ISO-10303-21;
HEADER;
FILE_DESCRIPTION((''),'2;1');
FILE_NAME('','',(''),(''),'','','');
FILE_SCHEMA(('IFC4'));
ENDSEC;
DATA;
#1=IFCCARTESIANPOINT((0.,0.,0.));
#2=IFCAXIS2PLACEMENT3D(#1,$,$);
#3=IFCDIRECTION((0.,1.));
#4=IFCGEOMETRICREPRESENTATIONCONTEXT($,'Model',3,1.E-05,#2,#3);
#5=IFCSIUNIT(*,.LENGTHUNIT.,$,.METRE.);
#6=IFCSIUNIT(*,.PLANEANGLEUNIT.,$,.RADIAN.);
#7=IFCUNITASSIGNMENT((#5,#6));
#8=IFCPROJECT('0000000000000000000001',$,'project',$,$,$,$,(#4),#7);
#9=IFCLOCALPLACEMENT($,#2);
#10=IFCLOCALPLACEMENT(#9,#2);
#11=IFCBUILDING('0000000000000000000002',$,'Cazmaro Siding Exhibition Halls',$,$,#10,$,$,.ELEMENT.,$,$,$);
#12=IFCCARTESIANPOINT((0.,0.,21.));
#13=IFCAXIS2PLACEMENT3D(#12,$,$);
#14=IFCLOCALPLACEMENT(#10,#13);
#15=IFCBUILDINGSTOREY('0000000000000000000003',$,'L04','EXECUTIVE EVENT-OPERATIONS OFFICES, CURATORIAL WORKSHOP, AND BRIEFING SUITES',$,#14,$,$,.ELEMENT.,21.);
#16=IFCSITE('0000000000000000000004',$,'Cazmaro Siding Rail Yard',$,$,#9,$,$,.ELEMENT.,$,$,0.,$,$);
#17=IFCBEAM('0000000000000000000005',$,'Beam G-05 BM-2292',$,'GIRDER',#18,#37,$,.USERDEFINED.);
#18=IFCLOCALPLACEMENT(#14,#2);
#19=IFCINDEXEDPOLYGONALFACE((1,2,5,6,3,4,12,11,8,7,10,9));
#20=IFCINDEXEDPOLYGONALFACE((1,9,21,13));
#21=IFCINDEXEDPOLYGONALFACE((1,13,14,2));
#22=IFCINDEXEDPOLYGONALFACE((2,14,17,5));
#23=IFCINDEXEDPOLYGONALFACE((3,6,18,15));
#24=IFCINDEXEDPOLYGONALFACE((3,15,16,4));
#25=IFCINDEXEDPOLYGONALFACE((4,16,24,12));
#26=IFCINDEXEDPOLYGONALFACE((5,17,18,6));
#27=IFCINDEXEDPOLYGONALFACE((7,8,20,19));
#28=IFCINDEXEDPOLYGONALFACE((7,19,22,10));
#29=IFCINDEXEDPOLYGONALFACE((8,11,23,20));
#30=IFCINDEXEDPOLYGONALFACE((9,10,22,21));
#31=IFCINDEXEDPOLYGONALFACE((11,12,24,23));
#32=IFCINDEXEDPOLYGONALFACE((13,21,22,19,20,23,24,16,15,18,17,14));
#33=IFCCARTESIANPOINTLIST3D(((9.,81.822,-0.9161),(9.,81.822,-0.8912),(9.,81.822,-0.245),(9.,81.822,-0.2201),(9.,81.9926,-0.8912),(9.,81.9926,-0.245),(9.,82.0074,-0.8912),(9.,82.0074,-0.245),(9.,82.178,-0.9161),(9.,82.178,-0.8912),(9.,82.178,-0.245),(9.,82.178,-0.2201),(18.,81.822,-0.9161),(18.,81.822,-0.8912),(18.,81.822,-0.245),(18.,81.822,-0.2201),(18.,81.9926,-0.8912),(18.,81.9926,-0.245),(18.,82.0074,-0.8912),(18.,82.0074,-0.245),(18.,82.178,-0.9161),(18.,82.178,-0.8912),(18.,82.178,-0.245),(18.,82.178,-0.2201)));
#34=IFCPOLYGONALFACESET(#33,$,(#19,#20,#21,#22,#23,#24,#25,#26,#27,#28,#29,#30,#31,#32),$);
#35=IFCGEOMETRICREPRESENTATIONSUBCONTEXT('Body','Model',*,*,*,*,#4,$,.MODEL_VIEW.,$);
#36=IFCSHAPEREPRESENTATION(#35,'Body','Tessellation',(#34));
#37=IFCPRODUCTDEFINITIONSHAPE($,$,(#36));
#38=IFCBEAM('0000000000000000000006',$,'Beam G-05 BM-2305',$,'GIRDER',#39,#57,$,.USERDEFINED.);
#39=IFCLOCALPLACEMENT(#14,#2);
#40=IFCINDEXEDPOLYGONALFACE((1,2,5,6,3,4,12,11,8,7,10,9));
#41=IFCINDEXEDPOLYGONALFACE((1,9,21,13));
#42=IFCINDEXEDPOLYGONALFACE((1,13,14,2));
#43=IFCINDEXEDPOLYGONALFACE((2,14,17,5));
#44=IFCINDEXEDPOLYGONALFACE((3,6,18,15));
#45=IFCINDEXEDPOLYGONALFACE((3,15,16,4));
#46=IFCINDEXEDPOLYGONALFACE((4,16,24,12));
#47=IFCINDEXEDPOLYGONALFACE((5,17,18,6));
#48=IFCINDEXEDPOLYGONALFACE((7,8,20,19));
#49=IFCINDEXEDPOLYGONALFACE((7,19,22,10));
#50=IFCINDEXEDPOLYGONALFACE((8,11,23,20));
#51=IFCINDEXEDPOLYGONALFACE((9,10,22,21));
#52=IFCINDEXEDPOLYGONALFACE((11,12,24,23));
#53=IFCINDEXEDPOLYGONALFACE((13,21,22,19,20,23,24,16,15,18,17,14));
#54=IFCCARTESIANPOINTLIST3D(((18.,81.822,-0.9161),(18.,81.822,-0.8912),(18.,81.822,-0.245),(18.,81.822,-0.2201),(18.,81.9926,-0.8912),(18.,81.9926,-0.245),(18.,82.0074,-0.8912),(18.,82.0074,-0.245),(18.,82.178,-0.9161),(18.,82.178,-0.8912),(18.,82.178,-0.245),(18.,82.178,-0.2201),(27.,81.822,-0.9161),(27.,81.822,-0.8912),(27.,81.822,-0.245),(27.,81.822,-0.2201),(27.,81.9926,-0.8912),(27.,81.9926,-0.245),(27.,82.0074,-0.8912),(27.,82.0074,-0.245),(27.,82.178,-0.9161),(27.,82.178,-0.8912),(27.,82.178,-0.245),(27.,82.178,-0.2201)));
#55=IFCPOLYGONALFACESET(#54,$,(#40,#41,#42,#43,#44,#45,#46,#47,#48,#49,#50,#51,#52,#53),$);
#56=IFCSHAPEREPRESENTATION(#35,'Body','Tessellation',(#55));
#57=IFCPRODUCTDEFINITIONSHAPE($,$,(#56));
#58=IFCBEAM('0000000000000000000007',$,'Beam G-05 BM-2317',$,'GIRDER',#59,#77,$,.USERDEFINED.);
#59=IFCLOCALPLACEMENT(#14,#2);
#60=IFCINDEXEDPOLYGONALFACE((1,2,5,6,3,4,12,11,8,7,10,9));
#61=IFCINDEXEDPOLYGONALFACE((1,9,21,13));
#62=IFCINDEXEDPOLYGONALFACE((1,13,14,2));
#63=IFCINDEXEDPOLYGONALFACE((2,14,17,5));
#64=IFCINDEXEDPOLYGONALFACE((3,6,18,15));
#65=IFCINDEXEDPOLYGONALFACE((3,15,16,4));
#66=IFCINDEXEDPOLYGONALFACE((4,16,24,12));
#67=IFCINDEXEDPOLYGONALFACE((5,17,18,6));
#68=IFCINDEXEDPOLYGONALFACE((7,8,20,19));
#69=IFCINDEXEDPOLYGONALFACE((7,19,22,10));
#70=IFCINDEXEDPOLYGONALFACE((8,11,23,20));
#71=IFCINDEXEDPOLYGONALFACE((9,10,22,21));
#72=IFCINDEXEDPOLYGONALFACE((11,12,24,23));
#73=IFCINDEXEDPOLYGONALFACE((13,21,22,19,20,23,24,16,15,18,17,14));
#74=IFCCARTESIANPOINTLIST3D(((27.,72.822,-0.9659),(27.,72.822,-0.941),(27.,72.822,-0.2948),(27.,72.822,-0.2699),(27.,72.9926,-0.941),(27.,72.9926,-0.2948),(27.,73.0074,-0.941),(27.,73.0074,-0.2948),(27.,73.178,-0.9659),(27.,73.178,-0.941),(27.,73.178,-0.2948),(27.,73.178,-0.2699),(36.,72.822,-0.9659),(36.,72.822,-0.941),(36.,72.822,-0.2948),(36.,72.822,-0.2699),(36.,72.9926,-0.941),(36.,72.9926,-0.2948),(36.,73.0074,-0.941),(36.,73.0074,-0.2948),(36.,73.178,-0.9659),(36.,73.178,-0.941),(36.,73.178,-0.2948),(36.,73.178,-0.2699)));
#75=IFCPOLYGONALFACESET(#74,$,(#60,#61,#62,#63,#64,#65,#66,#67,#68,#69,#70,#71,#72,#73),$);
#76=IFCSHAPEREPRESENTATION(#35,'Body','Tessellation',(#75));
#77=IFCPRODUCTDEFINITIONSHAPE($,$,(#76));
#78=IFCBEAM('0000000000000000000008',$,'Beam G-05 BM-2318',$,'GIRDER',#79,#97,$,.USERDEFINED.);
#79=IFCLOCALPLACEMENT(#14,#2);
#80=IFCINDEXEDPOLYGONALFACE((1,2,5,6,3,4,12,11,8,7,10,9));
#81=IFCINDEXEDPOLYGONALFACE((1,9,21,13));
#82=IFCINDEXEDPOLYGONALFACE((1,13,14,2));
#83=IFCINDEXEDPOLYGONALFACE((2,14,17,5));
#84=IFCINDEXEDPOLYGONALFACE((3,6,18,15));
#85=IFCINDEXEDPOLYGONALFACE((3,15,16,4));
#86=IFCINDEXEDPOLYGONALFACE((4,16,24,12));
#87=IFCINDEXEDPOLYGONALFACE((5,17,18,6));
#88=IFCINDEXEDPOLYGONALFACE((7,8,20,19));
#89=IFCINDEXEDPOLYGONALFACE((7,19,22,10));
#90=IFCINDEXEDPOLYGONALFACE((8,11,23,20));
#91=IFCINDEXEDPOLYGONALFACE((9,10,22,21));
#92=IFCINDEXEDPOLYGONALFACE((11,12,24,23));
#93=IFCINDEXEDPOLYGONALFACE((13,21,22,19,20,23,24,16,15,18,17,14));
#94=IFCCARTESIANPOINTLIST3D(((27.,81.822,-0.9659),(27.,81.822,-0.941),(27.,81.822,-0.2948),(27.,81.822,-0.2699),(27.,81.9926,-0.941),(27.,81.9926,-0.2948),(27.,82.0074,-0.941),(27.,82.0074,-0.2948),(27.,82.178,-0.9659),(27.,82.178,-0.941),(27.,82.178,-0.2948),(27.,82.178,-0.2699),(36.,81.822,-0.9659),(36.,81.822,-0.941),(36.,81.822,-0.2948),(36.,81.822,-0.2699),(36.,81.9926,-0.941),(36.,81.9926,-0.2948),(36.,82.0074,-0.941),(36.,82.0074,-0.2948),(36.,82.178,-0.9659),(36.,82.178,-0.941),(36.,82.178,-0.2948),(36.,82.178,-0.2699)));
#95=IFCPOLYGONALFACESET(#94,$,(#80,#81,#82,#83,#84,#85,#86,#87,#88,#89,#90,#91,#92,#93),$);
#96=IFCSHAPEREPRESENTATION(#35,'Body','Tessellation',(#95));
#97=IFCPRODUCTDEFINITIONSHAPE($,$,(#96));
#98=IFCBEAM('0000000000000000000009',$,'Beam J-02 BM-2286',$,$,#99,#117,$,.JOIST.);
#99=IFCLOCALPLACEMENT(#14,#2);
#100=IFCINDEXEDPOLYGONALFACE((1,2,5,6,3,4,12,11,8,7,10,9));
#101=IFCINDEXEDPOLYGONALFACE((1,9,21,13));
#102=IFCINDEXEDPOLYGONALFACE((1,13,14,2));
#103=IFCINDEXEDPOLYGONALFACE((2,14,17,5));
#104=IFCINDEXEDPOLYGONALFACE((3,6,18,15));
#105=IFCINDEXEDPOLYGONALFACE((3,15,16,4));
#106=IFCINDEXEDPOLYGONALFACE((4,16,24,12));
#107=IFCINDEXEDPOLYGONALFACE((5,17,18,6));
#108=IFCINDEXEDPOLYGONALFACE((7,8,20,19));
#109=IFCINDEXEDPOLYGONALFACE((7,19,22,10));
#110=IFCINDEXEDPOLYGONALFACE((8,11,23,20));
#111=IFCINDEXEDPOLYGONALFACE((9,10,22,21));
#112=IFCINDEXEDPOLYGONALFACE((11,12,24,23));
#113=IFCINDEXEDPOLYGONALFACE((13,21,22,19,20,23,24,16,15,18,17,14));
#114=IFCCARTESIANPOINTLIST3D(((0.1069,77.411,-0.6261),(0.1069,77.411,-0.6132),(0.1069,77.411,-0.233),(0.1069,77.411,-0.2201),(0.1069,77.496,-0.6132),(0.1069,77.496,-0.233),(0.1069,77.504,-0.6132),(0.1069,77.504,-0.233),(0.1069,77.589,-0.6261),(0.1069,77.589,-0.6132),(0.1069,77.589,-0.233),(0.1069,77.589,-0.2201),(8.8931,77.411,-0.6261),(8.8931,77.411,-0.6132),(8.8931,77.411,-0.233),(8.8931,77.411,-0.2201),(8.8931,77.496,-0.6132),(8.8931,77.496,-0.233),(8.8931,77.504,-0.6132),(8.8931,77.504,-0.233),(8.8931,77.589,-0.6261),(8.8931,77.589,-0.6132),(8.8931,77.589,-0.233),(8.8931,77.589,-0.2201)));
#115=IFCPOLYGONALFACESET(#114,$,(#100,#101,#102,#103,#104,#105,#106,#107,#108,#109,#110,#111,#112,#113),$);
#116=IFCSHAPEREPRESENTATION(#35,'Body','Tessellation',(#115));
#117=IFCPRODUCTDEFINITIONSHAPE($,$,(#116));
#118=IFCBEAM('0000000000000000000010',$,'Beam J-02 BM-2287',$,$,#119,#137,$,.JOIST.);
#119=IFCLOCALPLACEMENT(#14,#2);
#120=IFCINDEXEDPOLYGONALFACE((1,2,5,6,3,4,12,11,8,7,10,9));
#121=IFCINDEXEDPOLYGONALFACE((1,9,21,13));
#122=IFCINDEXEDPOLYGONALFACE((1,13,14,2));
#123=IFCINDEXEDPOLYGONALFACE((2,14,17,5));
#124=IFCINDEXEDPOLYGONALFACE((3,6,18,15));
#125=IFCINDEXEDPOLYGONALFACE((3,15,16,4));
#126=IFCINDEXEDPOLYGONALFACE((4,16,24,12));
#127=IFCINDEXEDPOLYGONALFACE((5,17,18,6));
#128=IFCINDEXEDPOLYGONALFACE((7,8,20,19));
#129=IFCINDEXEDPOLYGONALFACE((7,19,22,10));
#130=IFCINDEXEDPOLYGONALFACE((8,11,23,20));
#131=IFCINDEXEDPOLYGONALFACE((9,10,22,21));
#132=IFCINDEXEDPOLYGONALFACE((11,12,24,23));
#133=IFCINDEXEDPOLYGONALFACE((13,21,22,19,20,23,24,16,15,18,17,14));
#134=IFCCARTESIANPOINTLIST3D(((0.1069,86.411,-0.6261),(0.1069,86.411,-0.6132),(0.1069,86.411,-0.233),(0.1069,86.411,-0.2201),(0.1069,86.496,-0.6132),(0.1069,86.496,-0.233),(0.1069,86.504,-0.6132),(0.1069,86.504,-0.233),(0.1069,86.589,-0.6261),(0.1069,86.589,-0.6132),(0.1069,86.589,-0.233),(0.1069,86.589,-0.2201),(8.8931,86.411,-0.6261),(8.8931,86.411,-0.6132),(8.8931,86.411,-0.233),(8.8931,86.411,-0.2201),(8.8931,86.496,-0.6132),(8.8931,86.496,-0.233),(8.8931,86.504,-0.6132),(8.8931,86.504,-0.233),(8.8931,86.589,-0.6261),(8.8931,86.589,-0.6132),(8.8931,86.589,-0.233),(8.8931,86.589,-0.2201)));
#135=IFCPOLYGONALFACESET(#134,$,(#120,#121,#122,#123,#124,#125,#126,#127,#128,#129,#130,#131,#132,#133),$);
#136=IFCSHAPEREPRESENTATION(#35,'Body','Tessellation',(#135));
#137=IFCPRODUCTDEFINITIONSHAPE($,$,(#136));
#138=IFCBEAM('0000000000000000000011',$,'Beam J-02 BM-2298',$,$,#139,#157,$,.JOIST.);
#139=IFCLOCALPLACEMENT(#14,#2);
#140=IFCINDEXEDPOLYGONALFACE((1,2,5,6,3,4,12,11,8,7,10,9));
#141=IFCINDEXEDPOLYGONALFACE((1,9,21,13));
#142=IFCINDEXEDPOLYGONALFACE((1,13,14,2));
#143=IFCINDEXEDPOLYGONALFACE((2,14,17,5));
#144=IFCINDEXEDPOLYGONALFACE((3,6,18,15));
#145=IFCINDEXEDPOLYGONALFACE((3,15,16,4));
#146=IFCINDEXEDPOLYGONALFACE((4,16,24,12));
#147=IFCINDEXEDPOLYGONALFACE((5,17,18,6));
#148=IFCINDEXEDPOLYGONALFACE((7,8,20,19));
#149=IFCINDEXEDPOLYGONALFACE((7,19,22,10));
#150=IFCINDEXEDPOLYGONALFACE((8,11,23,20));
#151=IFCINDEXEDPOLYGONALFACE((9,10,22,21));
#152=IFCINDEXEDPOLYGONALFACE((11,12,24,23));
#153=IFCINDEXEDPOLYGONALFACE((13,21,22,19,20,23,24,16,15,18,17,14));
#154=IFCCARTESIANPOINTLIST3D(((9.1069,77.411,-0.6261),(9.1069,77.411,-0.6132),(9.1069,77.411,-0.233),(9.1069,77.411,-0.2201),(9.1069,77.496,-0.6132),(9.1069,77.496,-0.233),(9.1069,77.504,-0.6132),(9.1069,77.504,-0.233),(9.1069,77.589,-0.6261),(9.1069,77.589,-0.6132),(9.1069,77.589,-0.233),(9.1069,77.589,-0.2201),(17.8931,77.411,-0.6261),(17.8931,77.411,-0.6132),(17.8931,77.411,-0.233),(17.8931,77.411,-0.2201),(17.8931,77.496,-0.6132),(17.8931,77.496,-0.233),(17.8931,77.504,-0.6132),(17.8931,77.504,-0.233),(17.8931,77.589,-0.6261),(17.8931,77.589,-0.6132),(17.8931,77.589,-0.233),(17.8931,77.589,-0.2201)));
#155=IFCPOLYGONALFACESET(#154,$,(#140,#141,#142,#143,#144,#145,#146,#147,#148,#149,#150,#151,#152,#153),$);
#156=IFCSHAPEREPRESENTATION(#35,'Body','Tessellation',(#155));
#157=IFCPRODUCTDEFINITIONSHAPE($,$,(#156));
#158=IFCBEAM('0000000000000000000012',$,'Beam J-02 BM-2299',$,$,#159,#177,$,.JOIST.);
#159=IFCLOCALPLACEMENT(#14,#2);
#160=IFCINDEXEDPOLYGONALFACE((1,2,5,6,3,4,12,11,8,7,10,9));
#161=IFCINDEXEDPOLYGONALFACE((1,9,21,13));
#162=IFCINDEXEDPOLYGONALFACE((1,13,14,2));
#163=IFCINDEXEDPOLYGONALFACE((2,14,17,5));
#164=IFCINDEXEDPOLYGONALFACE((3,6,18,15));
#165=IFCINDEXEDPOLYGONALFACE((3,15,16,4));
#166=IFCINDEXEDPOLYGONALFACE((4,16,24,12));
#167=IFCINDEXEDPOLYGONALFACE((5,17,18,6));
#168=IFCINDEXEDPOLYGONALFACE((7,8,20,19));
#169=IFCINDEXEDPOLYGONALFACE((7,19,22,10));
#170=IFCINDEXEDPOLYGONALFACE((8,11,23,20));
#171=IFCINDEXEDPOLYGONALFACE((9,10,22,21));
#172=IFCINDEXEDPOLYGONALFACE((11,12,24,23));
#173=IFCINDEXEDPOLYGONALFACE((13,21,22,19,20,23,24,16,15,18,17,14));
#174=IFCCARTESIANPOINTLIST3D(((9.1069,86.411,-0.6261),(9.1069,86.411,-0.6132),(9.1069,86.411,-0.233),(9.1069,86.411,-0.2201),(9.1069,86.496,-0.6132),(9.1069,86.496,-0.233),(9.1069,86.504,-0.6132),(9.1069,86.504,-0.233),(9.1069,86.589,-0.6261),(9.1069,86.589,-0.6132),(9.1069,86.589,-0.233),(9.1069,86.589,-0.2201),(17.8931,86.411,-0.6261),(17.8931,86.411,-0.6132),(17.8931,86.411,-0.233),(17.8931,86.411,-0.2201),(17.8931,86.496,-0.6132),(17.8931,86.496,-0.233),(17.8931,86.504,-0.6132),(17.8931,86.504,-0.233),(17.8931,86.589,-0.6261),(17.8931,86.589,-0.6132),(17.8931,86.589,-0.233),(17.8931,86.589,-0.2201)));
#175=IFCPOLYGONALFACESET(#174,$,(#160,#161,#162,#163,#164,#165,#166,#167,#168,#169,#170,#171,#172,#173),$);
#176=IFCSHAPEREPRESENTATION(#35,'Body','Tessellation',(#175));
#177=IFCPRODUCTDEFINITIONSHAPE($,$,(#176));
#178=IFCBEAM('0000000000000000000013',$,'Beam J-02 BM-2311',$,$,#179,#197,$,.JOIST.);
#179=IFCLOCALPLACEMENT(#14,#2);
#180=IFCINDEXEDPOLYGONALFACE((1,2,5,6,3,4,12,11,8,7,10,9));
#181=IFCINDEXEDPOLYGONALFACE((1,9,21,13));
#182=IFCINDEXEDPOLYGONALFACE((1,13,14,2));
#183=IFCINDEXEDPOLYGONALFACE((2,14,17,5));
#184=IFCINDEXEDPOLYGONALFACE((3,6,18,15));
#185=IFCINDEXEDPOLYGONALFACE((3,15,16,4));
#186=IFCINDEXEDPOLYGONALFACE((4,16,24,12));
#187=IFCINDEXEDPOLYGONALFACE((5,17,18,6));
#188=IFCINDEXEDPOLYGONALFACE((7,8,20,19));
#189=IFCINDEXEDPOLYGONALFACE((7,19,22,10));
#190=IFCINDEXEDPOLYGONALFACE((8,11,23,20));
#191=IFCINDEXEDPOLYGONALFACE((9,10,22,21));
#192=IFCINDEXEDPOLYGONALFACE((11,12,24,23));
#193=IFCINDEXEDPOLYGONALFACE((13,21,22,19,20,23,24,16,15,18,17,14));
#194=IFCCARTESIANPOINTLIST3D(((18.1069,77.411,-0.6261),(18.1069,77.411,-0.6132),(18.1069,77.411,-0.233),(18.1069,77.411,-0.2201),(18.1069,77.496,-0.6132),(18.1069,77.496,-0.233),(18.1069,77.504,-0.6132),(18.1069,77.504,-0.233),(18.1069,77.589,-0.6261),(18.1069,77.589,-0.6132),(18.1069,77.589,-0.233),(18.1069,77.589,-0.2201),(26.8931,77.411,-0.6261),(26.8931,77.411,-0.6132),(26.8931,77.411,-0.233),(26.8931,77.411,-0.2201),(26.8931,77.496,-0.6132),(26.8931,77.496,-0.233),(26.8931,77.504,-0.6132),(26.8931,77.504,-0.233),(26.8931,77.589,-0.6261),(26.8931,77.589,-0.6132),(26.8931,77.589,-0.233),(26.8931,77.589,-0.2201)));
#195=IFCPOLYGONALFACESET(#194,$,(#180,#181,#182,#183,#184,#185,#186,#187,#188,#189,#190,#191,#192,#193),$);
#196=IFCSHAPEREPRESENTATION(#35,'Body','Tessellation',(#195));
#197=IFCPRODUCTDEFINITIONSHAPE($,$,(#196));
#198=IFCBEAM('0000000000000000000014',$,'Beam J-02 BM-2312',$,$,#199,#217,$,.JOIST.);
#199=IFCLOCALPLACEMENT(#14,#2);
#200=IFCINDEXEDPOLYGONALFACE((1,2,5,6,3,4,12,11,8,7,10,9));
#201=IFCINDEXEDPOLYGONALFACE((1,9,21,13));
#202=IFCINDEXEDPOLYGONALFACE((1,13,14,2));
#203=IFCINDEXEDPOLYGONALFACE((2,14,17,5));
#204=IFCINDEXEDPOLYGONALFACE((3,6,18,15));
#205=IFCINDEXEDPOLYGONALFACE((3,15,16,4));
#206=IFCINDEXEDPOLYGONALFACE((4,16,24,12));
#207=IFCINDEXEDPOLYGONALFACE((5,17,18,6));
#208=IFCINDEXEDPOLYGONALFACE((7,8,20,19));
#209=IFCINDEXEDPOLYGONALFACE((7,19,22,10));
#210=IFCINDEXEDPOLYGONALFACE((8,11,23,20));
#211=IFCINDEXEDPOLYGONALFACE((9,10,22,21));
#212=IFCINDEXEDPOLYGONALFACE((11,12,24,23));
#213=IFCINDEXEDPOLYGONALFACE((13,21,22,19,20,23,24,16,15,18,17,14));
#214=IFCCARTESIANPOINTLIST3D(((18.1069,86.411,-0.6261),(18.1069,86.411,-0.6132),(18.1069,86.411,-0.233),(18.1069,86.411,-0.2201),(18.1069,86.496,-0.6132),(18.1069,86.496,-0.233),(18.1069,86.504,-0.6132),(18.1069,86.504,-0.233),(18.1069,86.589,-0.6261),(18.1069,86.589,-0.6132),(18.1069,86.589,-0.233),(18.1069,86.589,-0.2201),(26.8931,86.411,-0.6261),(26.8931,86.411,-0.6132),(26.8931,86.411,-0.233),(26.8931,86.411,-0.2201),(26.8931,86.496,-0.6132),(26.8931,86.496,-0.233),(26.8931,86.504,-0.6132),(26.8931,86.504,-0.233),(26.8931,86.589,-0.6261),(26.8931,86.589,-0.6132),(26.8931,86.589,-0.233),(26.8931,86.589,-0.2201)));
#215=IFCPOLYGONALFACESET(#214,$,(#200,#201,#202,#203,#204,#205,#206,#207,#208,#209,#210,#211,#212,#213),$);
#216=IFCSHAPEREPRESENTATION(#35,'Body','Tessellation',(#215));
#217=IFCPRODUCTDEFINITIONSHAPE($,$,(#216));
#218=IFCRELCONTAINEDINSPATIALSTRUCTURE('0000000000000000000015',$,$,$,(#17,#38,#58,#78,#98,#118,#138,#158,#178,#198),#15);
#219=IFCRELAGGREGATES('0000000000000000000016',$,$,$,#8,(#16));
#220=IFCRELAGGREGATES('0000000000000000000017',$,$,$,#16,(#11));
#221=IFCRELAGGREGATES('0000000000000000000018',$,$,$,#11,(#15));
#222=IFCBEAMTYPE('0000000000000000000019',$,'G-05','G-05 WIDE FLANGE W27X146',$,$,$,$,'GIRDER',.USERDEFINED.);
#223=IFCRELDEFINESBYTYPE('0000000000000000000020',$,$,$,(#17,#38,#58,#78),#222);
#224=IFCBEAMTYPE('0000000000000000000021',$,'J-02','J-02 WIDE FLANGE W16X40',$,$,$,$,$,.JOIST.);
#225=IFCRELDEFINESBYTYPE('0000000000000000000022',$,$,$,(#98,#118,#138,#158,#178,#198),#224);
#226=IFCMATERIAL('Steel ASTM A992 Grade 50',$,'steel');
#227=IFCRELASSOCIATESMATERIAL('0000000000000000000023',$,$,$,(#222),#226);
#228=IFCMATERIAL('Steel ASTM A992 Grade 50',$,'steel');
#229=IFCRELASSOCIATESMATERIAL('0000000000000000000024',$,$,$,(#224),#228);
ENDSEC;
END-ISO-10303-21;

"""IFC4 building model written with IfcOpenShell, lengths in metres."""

from ifc_helpers import new_model, si_unit, direction, frame, origin, origin_2d, place, context, subcontext, project, spatial, i_section, extrude, material, material_profile, profile_set, type_object, element, save


model = new_model("IFC4")

# Units and contexts
model_context = context("Model", 3, precision=1e-05, world=origin(), true_north=direction((0.0, 1.0)))
body_context = subcontext(model_context, "Body", "Model", "MODEL_VIEW")
ifc_project = project(units=[si_unit("LENGTHUNIT", "METRE"), si_unit("PLANEANGLEUNIT", "RADIAN")], contexts=[model_context])

# Site, building, storey
site_placement = place(None, origin())
site = spatial("IfcSite", under=ifc_project, at=site_placement, Name="Cazmaro Siding Rail Yard", CompositionType="ELEMENT", RefElevation=0.0)
building_placement = place(site_placement, origin())
building = spatial("IfcBuilding", under=site, at=building_placement, Name="Cazmaro Siding Exhibition Halls", CompositionType="ELEMENT")
storey_placement = place(building_placement, frame((0.0, 0.0, 21.0)))
storey = spatial("IfcBuildingStorey", under=building, at=storey_placement, Name="L04", Description="EXECUTIVE EVENT-OPERATIONS OFFICES, CURATORIAL WORKSHOP, AND BRIEFING SUITES", CompositionType="ELEMENT", Elevation=21.0)

# Beams
ifc_material_1 = material(Name="Steel ASTM A992 Grade 50", Category="steel")
ifc_material_profile_1 = material_profile(ifc_material_1, i_section(OverallWidth=0.356, OverallDepth=0.696, WebThickness=0.0149, FlangeThickness=0.0249, at=origin_2d()), Name="W27X146")
ifc_profile_set_1 = profile_set([ifc_material_profile_1], Name="Steel ASTM A992 Grade 50")
beam_type_1 = type_object("IfcBeamType", Name="G-05", Description="G-05 WIDE FLANGE W27X146", ElementType="GIRDER", PredefinedType="USERDEFINED", material=ifc_profile_set_1)
for number, where, z_axis, x_axis, name in (
    (1, (9.0, 82.0, -0.5681), (1.0, 0.0, 0.0), (0.0, 1.0, 0.0), "Beam G-05 BM-2292"),
    (2, (18.0, 82.0, -0.5681), (1.0, 0.0, 0.0), (0.0, 1.0, 0.0), "Beam G-05 BM-2305"),
    (3, (27.0, 73.0, -0.6179), (1.0, 0.0, 0.0), (0.0, 1.0, 0.0), "Beam G-05 BM-2317"),
    (4, (27.0, 82.0, -0.6179), (1.0, 0.0, 0.0), (0.0, 1.0, 0.0), "Beam G-05 BM-2318"),
):
    element("IfcBeam", number, at=place(storey_placement, frame(where, z_axis=z_axis, x_axis=x_axis)), inside=storey, type_object=beam_type_1, Name=name, ObjectType="GIRDER", PredefinedType="USERDEFINED", context=body_context, shape_type="SweptSolid", body=[
        extrude(i_section(OverallWidth=0.356, OverallDepth=0.696, WebThickness=0.0149, FlangeThickness=0.0249, at=origin_2d()), origin(), (0.0, 0.0, 1.0), 9.0),
    ])
ifc_material_2 = material(Name="Steel ASTM A992 Grade 50", Category="steel")
ifc_material_profile_2 = material_profile(ifc_material_2, i_section(OverallWidth=0.178, OverallDepth=0.406, WebThickness=0.0081, FlangeThickness=0.0129, at=origin_2d()), Name="W16X40")
ifc_profile_set_2 = profile_set([ifc_material_profile_2], Name="Steel ASTM A992 Grade 50")
beam_type_2 = type_object("IfcBeamType", Name="J-02", Description="J-02 WIDE FLANGE W16X40", PredefinedType="JOIST", material=ifc_profile_set_2)
for number, where, z_axis, x_axis, name in (
    (5, (0.1069, 77.5, -0.4231), (1.0, 0.0, 0.0), (0.0, 1.0, 0.0), "Beam J-02 BM-2286"),
    (6, (0.1069, 86.5, -0.4231), (1.0, 0.0, 0.0), (0.0, 1.0, 0.0), "Beam J-02 BM-2287"),
    (7, (9.1069, 77.5, -0.4231), (1.0, 0.0, 0.0), (0.0, 1.0, 0.0), "Beam J-02 BM-2298"),
    (8, (9.1069, 86.5, -0.4231), (1.0, 0.0, 0.0), (0.0, 1.0, 0.0), "Beam J-02 BM-2299"),
    (9, (18.1069, 77.5, -0.4231), (1.0, 0.0, 0.0), (0.0, 1.0, 0.0), "Beam J-02 BM-2311"),
    (10, (18.1069, 86.5, -0.4231), (1.0, 0.0, 0.0), (0.0, 1.0, 0.0), "Beam J-02 BM-2312"),
):
    element("IfcBeam", number, at=place(storey_placement, frame(where, z_axis=z_axis, x_axis=x_axis)), inside=storey, type_object=beam_type_2, Name=name, PredefinedType="JOIST", context=body_context, shape_type="SweptSolid", body=[
        extrude(i_section(OverallWidth=0.178, OverallDepth=0.406, WebThickness=0.0081, FlangeThickness=0.0129, at=origin_2d()), origin(), (0.0, 0.0, 1.0), 8.7861),
    ])

save(model, "model.ifc")
